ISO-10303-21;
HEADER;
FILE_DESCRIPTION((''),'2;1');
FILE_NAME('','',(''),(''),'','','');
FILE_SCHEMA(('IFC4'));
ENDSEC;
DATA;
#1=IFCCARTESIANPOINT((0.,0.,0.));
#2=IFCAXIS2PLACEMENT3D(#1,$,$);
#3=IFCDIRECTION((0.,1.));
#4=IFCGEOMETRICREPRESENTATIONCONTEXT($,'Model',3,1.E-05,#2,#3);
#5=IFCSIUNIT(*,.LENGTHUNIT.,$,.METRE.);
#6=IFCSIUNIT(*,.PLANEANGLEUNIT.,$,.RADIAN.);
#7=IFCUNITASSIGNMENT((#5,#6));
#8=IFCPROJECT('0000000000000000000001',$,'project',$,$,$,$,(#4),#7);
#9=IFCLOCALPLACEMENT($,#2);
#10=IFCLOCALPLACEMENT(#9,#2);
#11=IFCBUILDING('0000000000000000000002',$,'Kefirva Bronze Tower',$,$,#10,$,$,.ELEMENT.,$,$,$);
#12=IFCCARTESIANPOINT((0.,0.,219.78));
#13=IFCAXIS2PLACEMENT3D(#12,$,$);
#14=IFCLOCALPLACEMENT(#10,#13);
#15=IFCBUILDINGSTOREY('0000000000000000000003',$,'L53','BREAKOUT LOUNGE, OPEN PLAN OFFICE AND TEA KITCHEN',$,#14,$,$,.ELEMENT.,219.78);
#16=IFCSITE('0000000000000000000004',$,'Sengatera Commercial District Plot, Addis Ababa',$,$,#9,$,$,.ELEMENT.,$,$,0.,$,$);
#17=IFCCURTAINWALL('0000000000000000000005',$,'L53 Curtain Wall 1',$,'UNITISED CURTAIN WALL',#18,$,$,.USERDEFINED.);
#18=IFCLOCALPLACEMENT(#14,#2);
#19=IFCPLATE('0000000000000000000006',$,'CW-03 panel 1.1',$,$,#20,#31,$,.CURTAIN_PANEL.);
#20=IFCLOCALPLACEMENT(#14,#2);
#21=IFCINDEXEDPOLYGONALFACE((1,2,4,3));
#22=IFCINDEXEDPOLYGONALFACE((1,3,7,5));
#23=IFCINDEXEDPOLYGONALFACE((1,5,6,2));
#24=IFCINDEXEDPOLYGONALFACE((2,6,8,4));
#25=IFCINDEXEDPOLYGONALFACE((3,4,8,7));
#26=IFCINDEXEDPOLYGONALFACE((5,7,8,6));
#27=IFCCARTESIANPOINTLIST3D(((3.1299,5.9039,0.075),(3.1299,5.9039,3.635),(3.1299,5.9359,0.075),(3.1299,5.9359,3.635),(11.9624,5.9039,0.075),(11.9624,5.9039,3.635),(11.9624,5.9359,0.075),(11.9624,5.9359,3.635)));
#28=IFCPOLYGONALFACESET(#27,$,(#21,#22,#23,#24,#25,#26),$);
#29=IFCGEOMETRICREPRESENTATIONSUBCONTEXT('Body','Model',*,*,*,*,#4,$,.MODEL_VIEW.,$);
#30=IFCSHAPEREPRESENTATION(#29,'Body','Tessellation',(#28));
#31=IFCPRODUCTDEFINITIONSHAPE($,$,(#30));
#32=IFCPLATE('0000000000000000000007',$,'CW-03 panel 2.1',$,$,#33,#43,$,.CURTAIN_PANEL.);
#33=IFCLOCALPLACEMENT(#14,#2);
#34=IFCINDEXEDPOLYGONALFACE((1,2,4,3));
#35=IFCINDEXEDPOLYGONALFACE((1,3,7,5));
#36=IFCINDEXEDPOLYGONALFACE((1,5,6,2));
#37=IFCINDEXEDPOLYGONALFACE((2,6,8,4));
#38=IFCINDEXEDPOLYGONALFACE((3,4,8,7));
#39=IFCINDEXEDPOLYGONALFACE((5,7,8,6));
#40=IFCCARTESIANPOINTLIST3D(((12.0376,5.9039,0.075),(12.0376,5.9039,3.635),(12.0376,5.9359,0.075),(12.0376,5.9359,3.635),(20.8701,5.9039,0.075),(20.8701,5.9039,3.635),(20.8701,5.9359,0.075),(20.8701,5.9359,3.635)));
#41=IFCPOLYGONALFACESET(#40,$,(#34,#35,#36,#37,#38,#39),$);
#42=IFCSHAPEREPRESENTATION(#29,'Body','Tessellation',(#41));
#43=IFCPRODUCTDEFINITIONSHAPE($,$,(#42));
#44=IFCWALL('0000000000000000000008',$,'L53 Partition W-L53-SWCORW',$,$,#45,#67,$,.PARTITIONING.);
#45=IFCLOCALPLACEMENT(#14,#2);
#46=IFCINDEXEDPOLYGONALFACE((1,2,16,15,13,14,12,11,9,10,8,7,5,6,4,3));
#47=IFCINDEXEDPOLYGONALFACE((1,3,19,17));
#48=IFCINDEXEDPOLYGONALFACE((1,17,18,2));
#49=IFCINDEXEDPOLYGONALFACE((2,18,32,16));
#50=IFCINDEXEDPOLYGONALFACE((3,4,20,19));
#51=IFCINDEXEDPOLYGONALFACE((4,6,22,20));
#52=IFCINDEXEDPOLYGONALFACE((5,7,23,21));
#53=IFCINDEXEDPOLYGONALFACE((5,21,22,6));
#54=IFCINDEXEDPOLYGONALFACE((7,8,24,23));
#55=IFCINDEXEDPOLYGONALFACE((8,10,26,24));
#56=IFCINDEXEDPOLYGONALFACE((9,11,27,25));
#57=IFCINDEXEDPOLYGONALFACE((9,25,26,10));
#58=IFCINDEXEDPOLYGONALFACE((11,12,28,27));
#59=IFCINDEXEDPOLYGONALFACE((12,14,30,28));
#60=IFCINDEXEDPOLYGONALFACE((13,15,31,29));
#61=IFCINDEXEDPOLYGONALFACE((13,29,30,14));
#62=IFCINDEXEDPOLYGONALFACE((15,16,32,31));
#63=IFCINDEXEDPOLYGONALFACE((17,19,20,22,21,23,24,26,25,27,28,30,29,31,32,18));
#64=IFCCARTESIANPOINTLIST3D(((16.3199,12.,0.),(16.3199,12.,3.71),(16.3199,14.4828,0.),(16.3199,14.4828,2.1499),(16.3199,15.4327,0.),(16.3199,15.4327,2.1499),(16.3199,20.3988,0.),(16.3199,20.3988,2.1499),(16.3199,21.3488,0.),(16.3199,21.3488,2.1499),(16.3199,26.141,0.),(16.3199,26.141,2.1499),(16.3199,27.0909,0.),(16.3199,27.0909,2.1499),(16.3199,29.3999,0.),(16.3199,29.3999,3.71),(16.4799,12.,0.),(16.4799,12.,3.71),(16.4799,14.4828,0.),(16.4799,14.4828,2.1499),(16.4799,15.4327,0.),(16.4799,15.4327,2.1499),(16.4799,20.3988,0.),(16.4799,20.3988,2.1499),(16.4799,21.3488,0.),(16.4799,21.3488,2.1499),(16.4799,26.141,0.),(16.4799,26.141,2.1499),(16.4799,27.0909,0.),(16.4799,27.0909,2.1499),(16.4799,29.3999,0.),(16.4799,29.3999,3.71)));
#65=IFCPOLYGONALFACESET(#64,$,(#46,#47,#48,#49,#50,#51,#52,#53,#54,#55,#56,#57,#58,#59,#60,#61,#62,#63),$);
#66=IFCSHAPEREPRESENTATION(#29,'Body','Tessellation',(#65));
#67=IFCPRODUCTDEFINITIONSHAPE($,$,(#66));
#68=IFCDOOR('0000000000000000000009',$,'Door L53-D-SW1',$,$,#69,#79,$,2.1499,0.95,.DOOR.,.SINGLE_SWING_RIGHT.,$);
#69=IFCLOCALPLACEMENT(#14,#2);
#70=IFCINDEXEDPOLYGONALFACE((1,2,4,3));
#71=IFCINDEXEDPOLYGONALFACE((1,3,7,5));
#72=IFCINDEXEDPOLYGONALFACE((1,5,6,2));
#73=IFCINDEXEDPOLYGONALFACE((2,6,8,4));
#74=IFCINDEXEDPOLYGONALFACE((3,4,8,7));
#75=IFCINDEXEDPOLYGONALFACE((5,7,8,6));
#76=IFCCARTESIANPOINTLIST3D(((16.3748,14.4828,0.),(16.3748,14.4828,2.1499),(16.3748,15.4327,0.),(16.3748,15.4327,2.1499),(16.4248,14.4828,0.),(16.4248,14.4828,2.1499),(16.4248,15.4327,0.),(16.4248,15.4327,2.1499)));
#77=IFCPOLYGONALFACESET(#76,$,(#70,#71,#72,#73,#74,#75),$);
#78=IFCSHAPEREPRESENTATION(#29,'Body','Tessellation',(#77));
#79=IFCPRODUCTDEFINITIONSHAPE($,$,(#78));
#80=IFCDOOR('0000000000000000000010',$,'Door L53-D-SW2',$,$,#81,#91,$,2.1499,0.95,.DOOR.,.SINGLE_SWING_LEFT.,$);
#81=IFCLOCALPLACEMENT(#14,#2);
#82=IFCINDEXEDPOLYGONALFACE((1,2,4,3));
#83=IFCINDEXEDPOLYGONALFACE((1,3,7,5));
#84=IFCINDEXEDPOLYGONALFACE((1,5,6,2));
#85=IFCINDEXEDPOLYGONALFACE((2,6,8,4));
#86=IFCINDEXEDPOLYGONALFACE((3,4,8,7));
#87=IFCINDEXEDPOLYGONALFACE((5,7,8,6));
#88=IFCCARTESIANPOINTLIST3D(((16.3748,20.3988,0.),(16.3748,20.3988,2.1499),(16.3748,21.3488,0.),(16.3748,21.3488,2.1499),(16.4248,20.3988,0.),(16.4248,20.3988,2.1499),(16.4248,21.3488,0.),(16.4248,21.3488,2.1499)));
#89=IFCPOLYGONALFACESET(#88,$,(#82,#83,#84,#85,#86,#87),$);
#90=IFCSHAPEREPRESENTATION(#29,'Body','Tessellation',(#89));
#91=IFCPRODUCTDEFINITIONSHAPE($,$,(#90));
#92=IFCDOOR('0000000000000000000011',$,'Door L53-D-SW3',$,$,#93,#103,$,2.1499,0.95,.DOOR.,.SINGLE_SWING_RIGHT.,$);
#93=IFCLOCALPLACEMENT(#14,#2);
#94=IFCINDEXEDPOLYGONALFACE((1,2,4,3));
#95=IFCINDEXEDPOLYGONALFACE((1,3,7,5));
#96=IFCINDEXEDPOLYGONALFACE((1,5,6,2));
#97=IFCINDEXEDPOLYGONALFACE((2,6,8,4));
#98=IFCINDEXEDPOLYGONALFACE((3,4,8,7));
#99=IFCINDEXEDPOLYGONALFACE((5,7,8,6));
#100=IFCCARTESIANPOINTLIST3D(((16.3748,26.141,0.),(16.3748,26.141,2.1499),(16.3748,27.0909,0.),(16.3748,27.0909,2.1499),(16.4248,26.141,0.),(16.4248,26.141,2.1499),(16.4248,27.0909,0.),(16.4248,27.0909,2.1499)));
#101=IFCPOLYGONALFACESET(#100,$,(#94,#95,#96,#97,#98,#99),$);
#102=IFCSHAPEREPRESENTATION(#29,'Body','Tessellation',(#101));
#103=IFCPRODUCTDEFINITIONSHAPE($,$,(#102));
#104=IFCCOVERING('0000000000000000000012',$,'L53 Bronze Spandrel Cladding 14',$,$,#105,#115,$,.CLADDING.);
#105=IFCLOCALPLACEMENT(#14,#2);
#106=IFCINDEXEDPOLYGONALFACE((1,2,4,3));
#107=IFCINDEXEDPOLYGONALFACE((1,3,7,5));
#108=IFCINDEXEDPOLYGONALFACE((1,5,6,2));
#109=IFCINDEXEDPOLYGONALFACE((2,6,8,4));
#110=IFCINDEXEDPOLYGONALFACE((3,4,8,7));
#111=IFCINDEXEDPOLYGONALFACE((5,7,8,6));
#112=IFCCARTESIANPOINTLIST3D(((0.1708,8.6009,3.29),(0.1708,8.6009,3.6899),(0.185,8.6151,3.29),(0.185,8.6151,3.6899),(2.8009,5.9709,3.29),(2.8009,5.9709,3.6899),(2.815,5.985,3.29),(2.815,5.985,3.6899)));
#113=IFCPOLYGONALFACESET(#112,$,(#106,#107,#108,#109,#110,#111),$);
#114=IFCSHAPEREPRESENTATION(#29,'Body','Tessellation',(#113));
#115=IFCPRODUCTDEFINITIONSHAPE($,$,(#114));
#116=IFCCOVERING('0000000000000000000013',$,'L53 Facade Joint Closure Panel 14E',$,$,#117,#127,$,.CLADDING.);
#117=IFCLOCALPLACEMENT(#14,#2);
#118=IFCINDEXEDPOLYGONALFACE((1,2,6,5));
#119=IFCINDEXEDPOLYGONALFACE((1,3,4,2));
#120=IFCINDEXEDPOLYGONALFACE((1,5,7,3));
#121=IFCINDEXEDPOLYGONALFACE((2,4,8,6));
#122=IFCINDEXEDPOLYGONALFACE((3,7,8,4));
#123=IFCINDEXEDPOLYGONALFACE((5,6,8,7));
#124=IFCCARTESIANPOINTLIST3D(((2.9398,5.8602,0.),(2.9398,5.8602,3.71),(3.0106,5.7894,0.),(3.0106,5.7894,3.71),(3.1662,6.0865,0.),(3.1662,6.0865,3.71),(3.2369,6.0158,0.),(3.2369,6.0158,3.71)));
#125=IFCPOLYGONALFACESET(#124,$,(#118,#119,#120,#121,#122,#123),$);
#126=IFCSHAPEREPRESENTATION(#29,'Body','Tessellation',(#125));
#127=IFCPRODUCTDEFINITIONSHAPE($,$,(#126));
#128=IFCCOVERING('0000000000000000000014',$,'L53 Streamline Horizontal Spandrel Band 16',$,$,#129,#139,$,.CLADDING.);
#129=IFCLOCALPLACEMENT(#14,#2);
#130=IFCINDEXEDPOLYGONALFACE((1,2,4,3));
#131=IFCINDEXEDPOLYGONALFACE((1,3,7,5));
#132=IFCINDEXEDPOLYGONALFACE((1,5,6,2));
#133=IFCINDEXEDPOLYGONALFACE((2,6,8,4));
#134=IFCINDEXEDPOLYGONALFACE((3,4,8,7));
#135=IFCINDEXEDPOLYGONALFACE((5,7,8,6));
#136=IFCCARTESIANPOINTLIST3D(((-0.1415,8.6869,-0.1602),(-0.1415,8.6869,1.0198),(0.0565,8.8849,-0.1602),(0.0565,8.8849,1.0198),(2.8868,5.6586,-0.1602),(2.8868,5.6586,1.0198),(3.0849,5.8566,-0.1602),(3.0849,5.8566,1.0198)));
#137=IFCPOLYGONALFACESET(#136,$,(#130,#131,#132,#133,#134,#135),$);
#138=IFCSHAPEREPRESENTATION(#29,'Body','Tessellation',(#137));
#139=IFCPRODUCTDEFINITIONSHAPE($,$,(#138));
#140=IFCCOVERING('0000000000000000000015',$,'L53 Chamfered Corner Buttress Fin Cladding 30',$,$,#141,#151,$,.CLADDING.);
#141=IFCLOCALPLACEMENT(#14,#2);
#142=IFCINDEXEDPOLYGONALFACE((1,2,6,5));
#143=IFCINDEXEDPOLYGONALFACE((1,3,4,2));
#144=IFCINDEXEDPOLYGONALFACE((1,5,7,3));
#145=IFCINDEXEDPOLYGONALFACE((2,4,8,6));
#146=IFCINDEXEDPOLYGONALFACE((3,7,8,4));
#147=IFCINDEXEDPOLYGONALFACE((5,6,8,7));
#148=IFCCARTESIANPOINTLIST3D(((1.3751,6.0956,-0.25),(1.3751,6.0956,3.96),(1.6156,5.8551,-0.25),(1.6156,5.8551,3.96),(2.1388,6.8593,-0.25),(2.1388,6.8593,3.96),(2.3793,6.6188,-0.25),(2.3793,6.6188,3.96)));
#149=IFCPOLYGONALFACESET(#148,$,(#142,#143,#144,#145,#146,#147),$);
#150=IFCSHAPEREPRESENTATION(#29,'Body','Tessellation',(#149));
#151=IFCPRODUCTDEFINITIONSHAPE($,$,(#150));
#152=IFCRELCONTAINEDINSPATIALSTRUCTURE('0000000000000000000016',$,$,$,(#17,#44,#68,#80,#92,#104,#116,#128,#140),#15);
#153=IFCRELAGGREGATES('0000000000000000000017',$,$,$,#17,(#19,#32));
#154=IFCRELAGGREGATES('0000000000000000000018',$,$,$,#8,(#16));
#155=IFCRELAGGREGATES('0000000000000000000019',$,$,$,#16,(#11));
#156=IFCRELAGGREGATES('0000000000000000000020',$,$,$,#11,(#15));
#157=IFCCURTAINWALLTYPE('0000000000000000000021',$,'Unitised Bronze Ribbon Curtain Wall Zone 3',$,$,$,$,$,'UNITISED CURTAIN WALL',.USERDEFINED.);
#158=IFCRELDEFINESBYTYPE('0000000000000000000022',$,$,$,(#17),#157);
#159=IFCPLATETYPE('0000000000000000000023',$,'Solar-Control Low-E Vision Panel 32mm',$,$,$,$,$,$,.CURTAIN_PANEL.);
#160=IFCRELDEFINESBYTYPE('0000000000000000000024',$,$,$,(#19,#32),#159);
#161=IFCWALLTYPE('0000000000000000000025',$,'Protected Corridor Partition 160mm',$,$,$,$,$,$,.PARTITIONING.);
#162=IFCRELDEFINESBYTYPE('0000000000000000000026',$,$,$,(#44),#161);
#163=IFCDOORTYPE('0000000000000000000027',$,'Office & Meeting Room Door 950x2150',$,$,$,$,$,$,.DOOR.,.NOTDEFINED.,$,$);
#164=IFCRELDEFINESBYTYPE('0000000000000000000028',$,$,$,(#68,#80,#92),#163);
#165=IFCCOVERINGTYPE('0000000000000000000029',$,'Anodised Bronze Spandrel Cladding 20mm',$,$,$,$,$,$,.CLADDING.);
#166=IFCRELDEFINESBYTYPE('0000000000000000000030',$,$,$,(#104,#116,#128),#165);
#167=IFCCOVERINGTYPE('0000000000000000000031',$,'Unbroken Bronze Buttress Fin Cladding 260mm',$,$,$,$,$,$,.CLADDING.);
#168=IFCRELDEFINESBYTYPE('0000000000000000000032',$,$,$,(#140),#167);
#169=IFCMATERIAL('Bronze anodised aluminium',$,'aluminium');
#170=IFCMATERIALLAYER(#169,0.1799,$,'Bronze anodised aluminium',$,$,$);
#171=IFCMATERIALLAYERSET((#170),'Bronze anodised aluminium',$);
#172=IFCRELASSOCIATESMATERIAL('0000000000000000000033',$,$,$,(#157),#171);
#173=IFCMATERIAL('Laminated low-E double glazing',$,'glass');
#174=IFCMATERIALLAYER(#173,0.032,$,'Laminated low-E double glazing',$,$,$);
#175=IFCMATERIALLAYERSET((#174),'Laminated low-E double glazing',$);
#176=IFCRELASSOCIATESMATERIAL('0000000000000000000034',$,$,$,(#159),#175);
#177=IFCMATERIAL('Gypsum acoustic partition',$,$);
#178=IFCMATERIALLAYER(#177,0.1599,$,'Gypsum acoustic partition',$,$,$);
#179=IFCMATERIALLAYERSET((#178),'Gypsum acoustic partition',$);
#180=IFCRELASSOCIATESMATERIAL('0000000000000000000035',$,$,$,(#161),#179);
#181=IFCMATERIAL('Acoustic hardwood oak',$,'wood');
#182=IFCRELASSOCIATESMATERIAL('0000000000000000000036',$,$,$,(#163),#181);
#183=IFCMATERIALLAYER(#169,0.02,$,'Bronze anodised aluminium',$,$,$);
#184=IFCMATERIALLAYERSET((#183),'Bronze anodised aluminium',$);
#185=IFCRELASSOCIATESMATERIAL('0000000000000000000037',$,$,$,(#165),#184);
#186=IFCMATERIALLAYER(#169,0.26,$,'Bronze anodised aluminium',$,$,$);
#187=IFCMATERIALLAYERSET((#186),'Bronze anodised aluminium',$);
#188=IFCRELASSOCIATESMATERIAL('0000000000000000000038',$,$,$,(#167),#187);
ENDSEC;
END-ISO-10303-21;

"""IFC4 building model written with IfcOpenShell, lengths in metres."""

from ifc_helpers import new_model, si_unit, direction, frame, frame_2d, origin, origin_2d, place, context, subcontext, project, spatial, rectangle, extrude, material, layer, layer_set, type_object, element, fill, aggregate, save


model = new_model("IFC4")

# Units and contexts
model_context = context("Model", 3, precision=1e-05, world=origin(), true_north=direction((0.0, 1.0)))
body_context = subcontext(model_context, "Body", "Model", "MODEL_VIEW")
ifc_project = project(units=[si_unit("LENGTHUNIT", "METRE"), si_unit("PLANEANGLEUNIT", "RADIAN")], contexts=[model_context])

# Site, building, storey
site_placement = place(None, origin())
site = spatial("IfcSite", under=ifc_project, at=site_placement, Name="Sengatera Commercial District Plot, Addis Ababa", CompositionType="ELEMENT", RefElevation=0.0)
building_placement = place(site_placement, origin())
building = spatial("IfcBuilding", under=site, at=building_placement, Name="Kefirva Bronze Tower", CompositionType="ELEMENT")
storey_placement = place(building_placement, frame((0.0, 0.0, 219.78)))
storey = spatial("IfcBuildingStorey", under=building, at=storey_placement, Name="L53", Description="BREAKOUT LOUNGE, OPEN PLAN OFFICE AND TEA KITCHEN", CompositionType="ELEMENT", Elevation=219.78)

# Curtain wall
ifc_material_1 = material(Name="Bronze anodised aluminium", Category="aluminium")
ifc_layer_1 = layer(ifc_material_1, 0.1799, Name="Bronze anodised aluminium")
ifc_layer_set_1 = layer_set([ifc_layer_1], Name="Bronze anodised aluminium")
curtain_wall_type = type_object("IfcCurtainWallType", Name="Unitised Bronze Ribbon Curtain Wall Zone 3", ElementType="UNITISED CURTAIN WALL", PredefinedType="USERDEFINED", material=ifc_layer_set_1)
curtain_wall_placement = place(storey_placement, origin())
curtain_wall = element("IfcCurtainWall", 1, at=curtain_wall_placement, inside=storey, type_object=curtain_wall_type, Name="L53 Curtain Wall 1", ObjectType="UNITISED CURTAIN WALL", PredefinedType="USERDEFINED")

# Plates
ifc_material_2 = material(Name="Laminated low-E double glazing", Category="glass")
ifc_layer_2 = layer(ifc_material_2, 0.032, Name="Laminated low-E double glazing")
ifc_layer_set_2 = layer_set([ifc_layer_2], Name="Laminated low-E double glazing")
plate_type = type_object("IfcPlateType", Name="Solar-Control Low-E Vision Panel 32mm", PredefinedType="CURTAIN_PANEL", material=ifc_layer_set_2)
plate_1_placement = place(storey_placement, frame((7.5461, 5.9199, 0.075), z_axis=(0.0, 0.0, 1.0), x_axis=(1.0, 0.0, 0.0)))
plate_1 = element("IfcPlate", 2, at=plate_1_placement, type_object=plate_type, Name="CW-03 panel 1.1", PredefinedType="CURTAIN_PANEL", context=body_context, shape_type="SweptSolid", body=[
    extrude(rectangle(XDim=8.8325, YDim=0.032, at=origin_2d()), origin(), (0.0, 0.0, 1.0), 3.5601),
])
plate_2_placement = place(storey_placement, frame((16.4539, 5.9199, 0.075), z_axis=(0.0, 0.0, 1.0), x_axis=(1.0, 0.0, 0.0)))
plate_2 = element("IfcPlate", 3, at=plate_2_placement, type_object=plate_type, Name="CW-03 panel 2.1", PredefinedType="CURTAIN_PANEL", context=body_context, shape_type="SweptSolid", body=[
    extrude(rectangle(XDim=8.8325, YDim=0.032, at=origin_2d()), origin(), (0.0, 0.0, 1.0), 3.5601),
])
aggregate(curtain_wall, [plate_1, plate_2])

# Wall, openings, doors
ifc_material_3 = material(Name="Gypsum acoustic partition")
ifc_layer_3 = layer(ifc_material_3, 0.1599, Name="Gypsum acoustic partition")
ifc_layer_set_3 = layer_set([ifc_layer_3], Name="Gypsum acoustic partition")
wall_type = type_object("IfcWallType", Name="Protected Corridor Partition 160mm", PredefinedType="PARTITIONING", material=ifc_layer_set_3)
wall_placement = place(storey_placement, frame((16.3999, 12.0, 0.0), z_axis=(0.0, 0.0, 1.0), x_axis=(0.0, 1.0, 0.0)))
wall = element("IfcWall", 4, at=wall_placement, inside=storey, type_object=wall_type, Name="L53 Partition W-L53-SWCORW", PredefinedType="PARTITIONING", context=body_context, shape_type="SweptSolid", body=[
    extrude(rectangle(XDim=17.3999, YDim=0.1599, at=frame_2d((8.7, 0.0))), origin(), (0.0, 0.0, 1.0), 3.71),
])
opening_1_placement = place(wall_placement, frame((3.4329, 0.0, 0.0), z_axis=(0.0, 0.0, 1.0), x_axis=(-1.0, 0.0, 0.0)))
opening_1 = element("IfcOpeningElement", 5, at=opening_1_placement, cuts=wall, PredefinedType="OPENING", context=body_context, shape_type="SweptSolid", body=[
    extrude(rectangle(XDim=0.95, YDim=2.1499, at=frame_2d((0.4751, 1.075))), frame((0.0, 0.0898, 0.0), z_axis=(0.0, -1.0, 0.0), x_axis=(1.0, 0.0, 0.0)), (0.0, 0.0, 1.0), 0.1799),
])
opening_2_placement = place(wall_placement, frame((9.3489, 0.0, 0.0), z_axis=(0.0, 0.0, 1.0), x_axis=(-1.0, 0.0, 0.0)))
opening_2 = element("IfcOpeningElement", 6, at=opening_2_placement, cuts=wall, PredefinedType="OPENING", context=body_context, shape_type="SweptSolid", body=[
    extrude(rectangle(XDim=0.95, YDim=2.1499, at=frame_2d((0.4751, 1.075))), frame((0.0, 0.0898, 0.0), z_axis=(0.0, -1.0, 0.0), x_axis=(1.0, 0.0, 0.0)), (0.0, 0.0, 1.0), 0.1799),
])
opening_3_placement = place(wall_placement, frame((15.0911, 0.0, 0.0), z_axis=(0.0, 0.0, 1.0), x_axis=(-1.0, 0.0, 0.0)))
opening_3 = element("IfcOpeningElement", 7, at=opening_3_placement, cuts=wall, PredefinedType="OPENING", context=body_context, shape_type="SweptSolid", body=[
    extrude(rectangle(XDim=0.95, YDim=2.1499, at=frame_2d((0.4751, 1.075))), frame((0.0, 0.0898, 0.0), z_axis=(0.0, -1.0, 0.0), x_axis=(1.0, 0.0, 0.0)), (0.0, 0.0, 1.0), 0.1799),
])
ifc_material_4 = material(Name="Acoustic hardwood oak", Category="wood")
door_type = type_object("IfcDoorType", Name="Office & Meeting Room Door 950x2150", OperationType="NOTDEFINED", PredefinedType="DOOR", material=ifc_material_4)
door_1_placement = place(opening_1_placement, origin())
door_1 = element("IfcDoor", 8, at=door_1_placement, inside=storey, type_object=door_type, Name="Door L53-D-SW1", OperationType="SINGLE_SWING_RIGHT", OverallHeight=2.1499, OverallWidth=0.95, PredefinedType="DOOR", context=body_context, shape_type="SweptSolid", body=[
    extrude(rectangle(XDim=0.95, YDim=2.1499, at=frame_2d((0.4751, 1.075))), frame((0.0, 0.0249, 0.0), z_axis=(0.0, -1.0, 0.0), x_axis=(1.0, 0.0, 0.0)), (0.0, 0.0, 1.0), 0.05),
])
fill(opening_1, door_1)
door_2_placement = place(opening_2_placement, origin())
door_2 = element("IfcDoor", 9, at=door_2_placement, inside=storey, type_object=door_type, Name="Door L53-D-SW2", OperationType="SINGLE_SWING_LEFT", OverallHeight=2.1499, OverallWidth=0.95, PredefinedType="DOOR", context=body_context, shape_type="SweptSolid", body=[
    extrude(rectangle(XDim=0.95, YDim=2.1499, at=frame_2d((0.4751, 1.075))), frame((0.0, 0.0249, 0.0), z_axis=(0.0, -1.0, 0.0), x_axis=(1.0, 0.0, 0.0)), (0.0, 0.0, 1.0), 0.05),
])
fill(opening_2, door_2)
door_3_placement = place(opening_3_placement, origin())
door_3 = element("IfcDoor", 10, at=door_3_placement, inside=storey, type_object=door_type, Name="Door L53-D-SW3", OperationType="SINGLE_SWING_RIGHT", OverallHeight=2.1499, OverallWidth=0.95, PredefinedType="DOOR", context=body_context, shape_type="SweptSolid", body=[
    extrude(rectangle(XDim=0.95, YDim=2.1499, at=frame_2d((0.4751, 1.075))), frame((0.0, 0.0249, 0.0), z_axis=(0.0, -1.0, 0.0), x_axis=(1.0, 0.0, 0.0)), (0.0, 0.0, 1.0), 0.05),
])
fill(opening_3, door_3)

# Coverings
ifc_layer_4 = layer(ifc_material_1, 0.02, Name="Bronze anodised aluminium")
ifc_layer_set_4 = layer_set([ifc_layer_4], Name="Bronze anodised aluminium")
covering_type_1 = type_object("IfcCoveringType", Name="Anodised Bronze Spandrel Cladding 20mm", PredefinedType="CLADDING", material=ifc_layer_set_4)
covering_1_placement = place(storey_placement, frame((1.4929, 7.293, 3.29), z_axis=(0.0, 0.0, 1.0), x_axis=(0.707107, -0.707107, 0.0)))
element("IfcCovering", 11, at=covering_1_placement, inside=storey, type_object=covering_type_1, Name="L53 Bronze Spandrel Cladding 14", PredefinedType="CLADDING", context=body_context, shape_type="SweptSolid", body=[
    extrude(rectangle(XDim=3.7195, YDim=0.02, at=origin_2d()), origin(), (0.0, 0.0, 1.0), 0.3999),
])
covering_2_placement = place(storey_placement, frame((3.0884, 5.938, 0.0), z_axis=(0.0, 0.0, 1.0), x_axis=(0.707107, -0.707107, 0.0)))
element("IfcCovering", 12, at=covering_2_placement, inside=storey, type_object=covering_type_1, Name="L53 Facade Joint Closure Panel 14E", PredefinedType="CLADDING", context=body_context, shape_type="SweptSolid", body=[
    extrude(rectangle(XDim=0.1001, YDim=0.3201, at=origin_2d()), origin(), (0.0, 0.0, 1.0), 3.71),
])
covering_3_placement = place(storey_placement, frame((1.4717, 7.2717, -0.1602), z_axis=(0.0, 0.0, 1.0), x_axis=(0.707107, -0.707107, 0.0)))
element("IfcCovering", 13, at=covering_3_placement, inside=storey, type_object=covering_type_1, Name="L53 Streamline Horizontal Spandrel Band 16", PredefinedType="CLADDING", context=body_context, shape_type="SweptSolid", body=[
    extrude(rectangle(XDim=4.2827, YDim=0.28, at=origin_2d()), origin(), (0.0, 0.0, 1.0), 1.1799),
])
ifc_layer_5 = layer(ifc_material_1, 0.26, Name="Bronze anodised aluminium")
ifc_layer_set_5 = layer_set([ifc_layer_5], Name="Bronze anodised aluminium")
covering_type_2 = type_object("IfcCoveringType", Name="Unbroken Bronze Buttress Fin Cladding 260mm", PredefinedType="CLADDING", material=ifc_layer_set_5)
covering_4_placement = place(storey_placement, frame((1.8772, 6.3572, -0.25), z_axis=(0.0, 0.0, 1.0), x_axis=(0.707107, -0.707107, 0.0)))
element("IfcCovering", 14, at=covering_4_placement, inside=storey, type_object=covering_type_2, Name="L53 Chamfered Corner Buttress Fin Cladding 30", PredefinedType="CLADDING", context=body_context, shape_type="SweptSolid", body=[
    extrude(rectangle(XDim=0.3401, YDim=1.0801, at=origin_2d()), origin(), (0.0, 0.0, 1.0), 4.21),
])

save(model, "model.ifc")
